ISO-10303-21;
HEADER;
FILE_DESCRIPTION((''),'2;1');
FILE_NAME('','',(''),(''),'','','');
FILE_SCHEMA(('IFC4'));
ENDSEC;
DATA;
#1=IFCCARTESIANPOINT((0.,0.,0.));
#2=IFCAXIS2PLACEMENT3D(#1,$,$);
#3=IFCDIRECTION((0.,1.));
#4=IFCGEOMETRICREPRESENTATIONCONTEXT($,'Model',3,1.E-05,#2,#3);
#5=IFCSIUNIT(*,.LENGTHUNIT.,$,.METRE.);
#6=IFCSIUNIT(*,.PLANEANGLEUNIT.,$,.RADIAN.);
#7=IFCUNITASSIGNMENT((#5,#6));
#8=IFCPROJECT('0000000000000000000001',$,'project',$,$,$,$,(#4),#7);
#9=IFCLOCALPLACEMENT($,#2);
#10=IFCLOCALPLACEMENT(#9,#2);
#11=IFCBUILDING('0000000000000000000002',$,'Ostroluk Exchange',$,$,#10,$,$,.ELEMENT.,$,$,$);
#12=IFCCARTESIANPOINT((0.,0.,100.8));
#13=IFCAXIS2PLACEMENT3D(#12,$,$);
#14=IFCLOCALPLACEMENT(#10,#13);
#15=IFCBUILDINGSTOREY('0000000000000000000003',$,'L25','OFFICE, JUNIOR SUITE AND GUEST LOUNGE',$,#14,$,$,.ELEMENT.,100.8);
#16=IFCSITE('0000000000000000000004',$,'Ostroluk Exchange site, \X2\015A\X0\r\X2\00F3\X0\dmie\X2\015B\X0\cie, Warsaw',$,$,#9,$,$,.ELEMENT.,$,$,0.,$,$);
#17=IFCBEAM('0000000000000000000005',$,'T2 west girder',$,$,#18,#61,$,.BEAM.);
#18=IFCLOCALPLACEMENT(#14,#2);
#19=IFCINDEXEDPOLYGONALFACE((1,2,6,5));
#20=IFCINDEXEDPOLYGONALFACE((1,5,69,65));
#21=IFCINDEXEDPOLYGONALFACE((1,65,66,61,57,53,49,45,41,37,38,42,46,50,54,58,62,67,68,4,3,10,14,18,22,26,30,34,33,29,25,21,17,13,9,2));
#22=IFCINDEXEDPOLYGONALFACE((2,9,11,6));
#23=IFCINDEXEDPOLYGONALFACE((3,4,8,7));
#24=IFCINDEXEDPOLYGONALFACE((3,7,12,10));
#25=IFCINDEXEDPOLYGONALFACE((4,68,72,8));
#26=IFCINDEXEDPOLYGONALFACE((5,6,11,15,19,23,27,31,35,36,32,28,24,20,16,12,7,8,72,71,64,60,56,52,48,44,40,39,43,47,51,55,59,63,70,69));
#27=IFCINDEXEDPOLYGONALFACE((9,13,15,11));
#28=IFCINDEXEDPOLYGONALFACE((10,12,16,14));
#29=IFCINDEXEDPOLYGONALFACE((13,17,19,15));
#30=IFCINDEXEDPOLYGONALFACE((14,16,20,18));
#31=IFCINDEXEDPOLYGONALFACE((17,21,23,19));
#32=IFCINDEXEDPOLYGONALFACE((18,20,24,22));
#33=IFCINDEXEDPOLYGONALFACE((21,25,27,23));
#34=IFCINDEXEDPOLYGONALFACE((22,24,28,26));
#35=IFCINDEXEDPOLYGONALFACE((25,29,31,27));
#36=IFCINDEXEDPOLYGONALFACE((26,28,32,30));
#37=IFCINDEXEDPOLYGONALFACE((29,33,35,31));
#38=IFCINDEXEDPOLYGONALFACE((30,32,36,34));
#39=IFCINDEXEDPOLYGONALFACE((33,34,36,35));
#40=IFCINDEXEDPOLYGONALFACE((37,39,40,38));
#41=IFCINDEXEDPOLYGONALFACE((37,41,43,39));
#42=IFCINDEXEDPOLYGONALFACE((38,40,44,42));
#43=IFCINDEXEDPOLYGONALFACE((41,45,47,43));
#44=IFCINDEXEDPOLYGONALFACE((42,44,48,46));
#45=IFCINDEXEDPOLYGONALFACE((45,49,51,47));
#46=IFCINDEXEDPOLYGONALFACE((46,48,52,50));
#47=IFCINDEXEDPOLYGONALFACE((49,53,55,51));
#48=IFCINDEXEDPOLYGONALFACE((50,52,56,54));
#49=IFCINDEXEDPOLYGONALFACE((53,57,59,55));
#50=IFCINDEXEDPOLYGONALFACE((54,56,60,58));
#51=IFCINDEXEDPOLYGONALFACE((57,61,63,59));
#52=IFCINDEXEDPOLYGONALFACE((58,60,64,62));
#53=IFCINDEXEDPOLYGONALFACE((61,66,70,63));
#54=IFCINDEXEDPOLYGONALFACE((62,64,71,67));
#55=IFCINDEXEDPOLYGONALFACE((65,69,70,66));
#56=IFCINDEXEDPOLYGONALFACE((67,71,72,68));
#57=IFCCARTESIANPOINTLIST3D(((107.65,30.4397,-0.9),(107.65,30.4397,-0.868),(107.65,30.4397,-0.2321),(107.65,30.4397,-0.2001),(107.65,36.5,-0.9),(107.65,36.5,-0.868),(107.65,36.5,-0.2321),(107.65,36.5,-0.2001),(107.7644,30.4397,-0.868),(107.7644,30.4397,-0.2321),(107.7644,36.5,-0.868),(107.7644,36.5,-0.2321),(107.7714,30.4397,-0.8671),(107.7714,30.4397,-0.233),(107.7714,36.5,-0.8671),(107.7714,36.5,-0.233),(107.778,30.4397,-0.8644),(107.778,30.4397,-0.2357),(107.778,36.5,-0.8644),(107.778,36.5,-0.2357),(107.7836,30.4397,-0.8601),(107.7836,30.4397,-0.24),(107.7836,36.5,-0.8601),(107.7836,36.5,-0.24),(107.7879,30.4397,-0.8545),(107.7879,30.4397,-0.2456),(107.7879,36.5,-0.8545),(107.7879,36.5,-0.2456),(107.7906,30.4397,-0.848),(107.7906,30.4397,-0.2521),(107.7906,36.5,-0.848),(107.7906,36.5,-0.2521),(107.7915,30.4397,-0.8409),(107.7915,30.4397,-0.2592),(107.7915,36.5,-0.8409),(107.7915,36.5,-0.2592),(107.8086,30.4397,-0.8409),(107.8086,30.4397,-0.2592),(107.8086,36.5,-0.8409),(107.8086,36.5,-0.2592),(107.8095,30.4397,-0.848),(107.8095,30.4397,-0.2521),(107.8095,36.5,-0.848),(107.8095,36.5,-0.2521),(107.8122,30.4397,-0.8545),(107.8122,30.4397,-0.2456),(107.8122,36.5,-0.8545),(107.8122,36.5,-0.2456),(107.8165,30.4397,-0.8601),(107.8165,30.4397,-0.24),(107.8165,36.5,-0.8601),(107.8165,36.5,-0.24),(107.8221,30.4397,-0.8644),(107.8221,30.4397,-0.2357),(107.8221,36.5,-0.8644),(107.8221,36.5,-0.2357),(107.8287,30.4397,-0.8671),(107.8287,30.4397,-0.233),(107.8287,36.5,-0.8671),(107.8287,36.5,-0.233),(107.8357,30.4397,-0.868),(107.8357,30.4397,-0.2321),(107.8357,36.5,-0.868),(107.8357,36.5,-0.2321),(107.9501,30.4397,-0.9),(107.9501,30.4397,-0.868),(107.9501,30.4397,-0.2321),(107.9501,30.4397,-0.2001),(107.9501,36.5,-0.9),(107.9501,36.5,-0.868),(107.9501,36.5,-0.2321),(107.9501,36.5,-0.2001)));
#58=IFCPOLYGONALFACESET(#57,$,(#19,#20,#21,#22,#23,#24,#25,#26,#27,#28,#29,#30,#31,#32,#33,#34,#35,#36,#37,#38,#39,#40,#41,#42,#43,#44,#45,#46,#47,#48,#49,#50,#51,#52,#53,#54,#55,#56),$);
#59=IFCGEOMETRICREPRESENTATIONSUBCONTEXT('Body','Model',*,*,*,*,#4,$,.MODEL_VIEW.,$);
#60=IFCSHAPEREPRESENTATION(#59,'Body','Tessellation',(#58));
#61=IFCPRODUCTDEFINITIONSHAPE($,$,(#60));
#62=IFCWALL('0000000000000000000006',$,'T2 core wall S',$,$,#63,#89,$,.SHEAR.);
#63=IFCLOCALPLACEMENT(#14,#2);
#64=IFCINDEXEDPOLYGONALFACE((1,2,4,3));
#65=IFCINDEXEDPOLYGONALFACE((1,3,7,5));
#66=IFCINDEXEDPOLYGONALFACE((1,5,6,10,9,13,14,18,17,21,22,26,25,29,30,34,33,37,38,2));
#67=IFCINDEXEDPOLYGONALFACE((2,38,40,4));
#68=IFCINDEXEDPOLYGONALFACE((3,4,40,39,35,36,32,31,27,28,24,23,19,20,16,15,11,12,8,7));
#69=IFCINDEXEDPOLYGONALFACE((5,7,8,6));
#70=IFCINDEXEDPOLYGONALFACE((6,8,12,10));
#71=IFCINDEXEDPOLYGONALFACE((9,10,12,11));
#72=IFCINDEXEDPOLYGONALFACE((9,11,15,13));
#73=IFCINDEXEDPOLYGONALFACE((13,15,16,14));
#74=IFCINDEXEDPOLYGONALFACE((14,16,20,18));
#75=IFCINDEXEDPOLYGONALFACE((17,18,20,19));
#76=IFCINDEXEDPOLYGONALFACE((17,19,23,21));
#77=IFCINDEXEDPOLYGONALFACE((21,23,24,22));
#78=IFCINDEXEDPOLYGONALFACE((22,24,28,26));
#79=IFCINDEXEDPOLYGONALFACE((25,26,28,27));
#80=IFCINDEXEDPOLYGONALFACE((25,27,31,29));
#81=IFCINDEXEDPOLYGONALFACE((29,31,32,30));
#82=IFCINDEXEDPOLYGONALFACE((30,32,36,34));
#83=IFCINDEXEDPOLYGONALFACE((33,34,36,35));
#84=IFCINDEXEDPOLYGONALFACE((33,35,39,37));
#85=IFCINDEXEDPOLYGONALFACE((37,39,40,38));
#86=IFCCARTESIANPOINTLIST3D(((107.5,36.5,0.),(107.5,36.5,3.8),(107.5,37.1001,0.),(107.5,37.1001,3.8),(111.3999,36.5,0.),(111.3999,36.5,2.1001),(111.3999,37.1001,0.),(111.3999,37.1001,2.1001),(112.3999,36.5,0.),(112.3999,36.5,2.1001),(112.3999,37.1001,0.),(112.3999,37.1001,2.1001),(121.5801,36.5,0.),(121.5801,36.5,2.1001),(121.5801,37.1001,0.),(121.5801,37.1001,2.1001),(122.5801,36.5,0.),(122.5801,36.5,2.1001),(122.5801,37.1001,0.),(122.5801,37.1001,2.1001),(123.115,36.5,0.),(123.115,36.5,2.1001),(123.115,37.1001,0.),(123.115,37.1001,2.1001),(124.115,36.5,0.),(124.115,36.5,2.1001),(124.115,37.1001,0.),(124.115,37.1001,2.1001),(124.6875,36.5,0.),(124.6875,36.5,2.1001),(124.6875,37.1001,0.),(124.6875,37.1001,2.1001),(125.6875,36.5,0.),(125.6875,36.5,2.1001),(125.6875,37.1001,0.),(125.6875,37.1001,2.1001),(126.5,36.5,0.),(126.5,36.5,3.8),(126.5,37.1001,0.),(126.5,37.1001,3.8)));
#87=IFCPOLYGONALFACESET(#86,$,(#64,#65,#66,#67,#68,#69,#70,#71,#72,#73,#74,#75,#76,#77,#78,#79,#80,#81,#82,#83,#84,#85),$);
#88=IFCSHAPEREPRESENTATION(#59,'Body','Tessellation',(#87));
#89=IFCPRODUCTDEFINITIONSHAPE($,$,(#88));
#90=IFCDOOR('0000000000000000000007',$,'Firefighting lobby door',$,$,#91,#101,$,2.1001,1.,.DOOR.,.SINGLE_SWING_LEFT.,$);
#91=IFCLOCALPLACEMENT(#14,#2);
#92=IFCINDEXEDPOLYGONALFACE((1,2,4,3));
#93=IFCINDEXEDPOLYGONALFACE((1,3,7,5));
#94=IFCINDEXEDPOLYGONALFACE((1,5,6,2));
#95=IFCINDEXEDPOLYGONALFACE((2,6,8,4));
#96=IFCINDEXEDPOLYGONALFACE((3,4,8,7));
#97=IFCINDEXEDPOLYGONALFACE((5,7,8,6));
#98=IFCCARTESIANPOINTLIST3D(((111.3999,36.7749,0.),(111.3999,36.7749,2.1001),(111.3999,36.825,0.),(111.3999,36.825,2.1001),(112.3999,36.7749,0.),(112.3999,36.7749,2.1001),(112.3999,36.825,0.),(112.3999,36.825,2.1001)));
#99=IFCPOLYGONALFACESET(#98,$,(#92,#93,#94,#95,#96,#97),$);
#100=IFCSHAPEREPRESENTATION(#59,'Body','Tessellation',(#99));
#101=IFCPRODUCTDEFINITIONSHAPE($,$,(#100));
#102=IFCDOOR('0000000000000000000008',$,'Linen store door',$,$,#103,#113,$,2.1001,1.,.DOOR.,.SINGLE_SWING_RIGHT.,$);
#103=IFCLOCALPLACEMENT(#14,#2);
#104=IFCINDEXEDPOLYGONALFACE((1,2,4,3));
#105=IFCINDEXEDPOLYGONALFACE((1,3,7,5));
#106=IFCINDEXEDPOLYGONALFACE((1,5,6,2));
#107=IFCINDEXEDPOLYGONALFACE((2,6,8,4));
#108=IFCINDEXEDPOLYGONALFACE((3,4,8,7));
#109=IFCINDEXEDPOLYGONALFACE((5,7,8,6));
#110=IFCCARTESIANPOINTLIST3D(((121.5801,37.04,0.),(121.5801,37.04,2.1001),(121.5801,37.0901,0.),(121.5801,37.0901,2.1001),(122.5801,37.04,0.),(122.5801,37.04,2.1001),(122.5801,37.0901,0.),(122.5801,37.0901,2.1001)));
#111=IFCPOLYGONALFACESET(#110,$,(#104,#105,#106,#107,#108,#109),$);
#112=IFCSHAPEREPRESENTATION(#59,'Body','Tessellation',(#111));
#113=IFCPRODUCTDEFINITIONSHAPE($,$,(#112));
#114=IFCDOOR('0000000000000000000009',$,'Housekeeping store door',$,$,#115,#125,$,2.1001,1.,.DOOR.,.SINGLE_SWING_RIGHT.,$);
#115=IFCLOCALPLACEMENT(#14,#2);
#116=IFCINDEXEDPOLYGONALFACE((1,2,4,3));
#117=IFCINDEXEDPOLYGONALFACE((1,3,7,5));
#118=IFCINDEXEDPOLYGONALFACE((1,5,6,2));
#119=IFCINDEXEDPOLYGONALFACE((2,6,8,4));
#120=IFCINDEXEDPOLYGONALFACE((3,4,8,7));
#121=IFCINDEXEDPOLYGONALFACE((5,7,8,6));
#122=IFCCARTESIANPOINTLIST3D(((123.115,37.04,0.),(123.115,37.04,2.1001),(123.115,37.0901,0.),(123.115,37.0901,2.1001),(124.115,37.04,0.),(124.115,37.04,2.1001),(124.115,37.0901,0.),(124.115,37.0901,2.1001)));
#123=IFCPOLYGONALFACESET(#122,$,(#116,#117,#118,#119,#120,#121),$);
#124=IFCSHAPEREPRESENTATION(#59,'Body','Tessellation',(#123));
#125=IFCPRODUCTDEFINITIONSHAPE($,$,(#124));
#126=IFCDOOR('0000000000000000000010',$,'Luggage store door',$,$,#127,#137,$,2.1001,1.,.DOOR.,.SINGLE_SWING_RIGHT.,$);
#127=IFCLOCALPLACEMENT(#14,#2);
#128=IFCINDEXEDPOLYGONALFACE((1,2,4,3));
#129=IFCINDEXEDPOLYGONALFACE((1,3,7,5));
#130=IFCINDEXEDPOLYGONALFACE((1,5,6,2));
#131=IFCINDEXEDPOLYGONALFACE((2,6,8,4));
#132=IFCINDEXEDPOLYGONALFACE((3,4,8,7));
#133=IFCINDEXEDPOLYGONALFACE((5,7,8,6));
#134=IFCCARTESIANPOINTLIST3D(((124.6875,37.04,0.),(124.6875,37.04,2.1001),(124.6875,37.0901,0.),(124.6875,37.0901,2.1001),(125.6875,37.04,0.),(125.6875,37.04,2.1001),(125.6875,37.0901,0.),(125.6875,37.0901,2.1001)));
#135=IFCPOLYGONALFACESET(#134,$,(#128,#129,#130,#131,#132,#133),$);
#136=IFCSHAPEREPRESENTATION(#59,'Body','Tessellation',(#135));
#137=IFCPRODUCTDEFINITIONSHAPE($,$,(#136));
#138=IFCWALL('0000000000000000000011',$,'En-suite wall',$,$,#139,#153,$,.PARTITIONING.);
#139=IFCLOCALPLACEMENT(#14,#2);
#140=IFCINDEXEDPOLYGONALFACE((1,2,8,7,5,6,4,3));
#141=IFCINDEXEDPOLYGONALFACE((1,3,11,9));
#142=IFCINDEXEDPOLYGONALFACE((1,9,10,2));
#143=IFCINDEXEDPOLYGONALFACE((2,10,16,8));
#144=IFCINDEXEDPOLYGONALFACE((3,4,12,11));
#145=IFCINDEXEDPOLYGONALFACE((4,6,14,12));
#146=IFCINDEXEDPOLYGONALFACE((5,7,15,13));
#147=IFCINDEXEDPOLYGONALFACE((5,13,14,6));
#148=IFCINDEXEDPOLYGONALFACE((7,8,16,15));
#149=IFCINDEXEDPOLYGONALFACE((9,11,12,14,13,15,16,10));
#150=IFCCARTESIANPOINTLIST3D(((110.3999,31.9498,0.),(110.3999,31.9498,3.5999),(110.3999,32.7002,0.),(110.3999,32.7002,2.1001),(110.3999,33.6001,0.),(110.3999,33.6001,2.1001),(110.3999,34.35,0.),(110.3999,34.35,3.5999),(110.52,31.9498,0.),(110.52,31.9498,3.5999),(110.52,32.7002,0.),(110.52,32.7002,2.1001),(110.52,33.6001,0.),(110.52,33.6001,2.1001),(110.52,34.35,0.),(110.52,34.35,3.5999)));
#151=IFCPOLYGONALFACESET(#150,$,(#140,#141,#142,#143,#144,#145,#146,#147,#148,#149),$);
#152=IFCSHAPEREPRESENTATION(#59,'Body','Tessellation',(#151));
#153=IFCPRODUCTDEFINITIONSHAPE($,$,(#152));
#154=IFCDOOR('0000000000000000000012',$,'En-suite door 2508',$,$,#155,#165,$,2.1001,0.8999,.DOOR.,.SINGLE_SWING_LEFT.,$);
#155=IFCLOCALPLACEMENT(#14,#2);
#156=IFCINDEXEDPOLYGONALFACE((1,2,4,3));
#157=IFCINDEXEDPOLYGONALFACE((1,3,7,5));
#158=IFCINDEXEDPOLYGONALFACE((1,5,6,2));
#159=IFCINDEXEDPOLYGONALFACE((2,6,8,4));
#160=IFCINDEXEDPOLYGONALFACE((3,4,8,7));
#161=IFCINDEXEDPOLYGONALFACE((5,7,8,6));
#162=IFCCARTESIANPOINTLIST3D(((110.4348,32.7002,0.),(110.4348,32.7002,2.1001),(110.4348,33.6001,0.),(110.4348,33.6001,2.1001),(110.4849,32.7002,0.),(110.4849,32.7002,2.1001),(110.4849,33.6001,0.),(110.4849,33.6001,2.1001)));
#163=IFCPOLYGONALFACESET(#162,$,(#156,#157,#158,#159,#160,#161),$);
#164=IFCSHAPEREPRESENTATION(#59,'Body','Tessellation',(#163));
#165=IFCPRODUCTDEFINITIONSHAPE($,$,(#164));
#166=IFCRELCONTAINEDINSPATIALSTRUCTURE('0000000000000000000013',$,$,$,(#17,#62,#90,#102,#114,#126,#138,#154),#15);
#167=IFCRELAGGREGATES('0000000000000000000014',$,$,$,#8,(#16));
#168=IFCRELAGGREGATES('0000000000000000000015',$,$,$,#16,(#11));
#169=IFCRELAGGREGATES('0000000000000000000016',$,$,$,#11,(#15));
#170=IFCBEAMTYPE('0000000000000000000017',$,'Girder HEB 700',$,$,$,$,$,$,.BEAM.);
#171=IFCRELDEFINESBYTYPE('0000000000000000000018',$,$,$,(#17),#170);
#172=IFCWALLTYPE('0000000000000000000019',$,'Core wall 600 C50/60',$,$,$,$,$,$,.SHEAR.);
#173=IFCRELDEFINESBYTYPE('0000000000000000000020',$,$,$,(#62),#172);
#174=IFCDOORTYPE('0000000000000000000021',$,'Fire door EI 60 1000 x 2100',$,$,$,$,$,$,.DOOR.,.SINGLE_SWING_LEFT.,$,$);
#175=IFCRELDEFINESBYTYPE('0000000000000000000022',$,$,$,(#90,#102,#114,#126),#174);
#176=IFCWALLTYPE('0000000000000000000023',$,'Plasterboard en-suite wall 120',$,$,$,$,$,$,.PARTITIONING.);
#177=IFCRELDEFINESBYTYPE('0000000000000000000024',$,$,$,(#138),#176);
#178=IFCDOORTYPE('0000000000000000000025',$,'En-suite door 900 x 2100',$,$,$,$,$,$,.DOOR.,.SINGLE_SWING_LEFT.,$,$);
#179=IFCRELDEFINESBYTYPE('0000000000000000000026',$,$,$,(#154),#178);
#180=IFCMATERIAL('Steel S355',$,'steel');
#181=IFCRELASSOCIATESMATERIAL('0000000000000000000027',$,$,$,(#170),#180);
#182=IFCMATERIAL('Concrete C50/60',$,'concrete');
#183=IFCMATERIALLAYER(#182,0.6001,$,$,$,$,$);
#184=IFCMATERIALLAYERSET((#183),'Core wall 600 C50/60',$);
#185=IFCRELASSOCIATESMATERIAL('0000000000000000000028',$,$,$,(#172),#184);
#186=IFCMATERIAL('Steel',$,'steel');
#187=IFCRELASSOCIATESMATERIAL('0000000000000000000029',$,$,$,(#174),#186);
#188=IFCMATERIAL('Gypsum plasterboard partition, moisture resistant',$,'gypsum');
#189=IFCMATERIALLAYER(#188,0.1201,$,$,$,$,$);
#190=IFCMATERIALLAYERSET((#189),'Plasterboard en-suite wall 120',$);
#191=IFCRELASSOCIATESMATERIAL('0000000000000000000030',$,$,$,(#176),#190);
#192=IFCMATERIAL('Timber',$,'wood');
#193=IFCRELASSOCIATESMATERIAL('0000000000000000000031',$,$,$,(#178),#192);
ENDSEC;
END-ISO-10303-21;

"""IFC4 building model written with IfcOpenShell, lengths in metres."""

from ifc_helpers import new_model, si_unit, direction, frame, frame_2d, origin, origin_2d, place, context, subcontext, project, spatial, rectangle, i_section, extrude, material, layer, layer_set, material_profile, profile_set, type_object, element, fill, save


model = new_model("IFC4")

# Units and contexts
model_context = context("Model", 3, precision=1e-05, world=origin(), true_north=direction((0.0, 1.0)))
body_context = subcontext(model_context, "Body", "Model", "MODEL_VIEW")
ifc_project = project(units=[si_unit("LENGTHUNIT", "METRE"), si_unit("PLANEANGLEUNIT", "RADIAN")], contexts=[model_context])

# Site, building, storey
site_placement = place(None, origin())
site = spatial("IfcSite", under=ifc_project, at=site_placement, Name="Ostroluk Exchange site, Śródmieście, Warsaw", CompositionType="ELEMENT", RefElevation=0.0)
building_placement = place(site_placement, origin())
building = spatial("IfcBuilding", under=site, at=building_placement, Name="Ostroluk Exchange", CompositionType="ELEMENT")
storey_placement = place(building_placement, frame((0.0, 0.0, 100.8)))
storey = spatial("IfcBuildingStorey", under=building, at=storey_placement, Name="L25", Description="OFFICE, JUNIOR SUITE AND GUEST LOUNGE", CompositionType="ELEMENT", Elevation=100.8)

# Beam
ifc_material_1 = material(Name="Steel S355", Category="steel")
ifc_material_profile_1 = material_profile(ifc_material_1, i_section(OverallWidth=0.3, OverallDepth=0.7, WebThickness=0.0171, FlangeThickness=0.032, FilletRadius=0.0271, at=origin_2d()), Name="HEB 700")
ifc_profile_set_1 = profile_set([ifc_material_profile_1], Name="Steel S355")
beam_type_1 = type_object("IfcBeamType", Name="Girder HEB 700", PredefinedType="BEAM", material=ifc_profile_set_1)
beam_1_placement = place(storey_placement, frame((107.8, 36.5, -0.55), z_axis=(0.0, -1.0, 0.0), x_axis=(1.0, 0.0, 0.0)))
element("IfcBeam", 1, at=beam_1_placement, inside=storey, type_object=beam_type_1, Name="T2 west girder", PredefinedType="BEAM", context=body_context, shape_type="SweptSolid", body=[
    extrude(i_section(OverallWidth=0.3, OverallDepth=0.7, WebThickness=0.0171, FlangeThickness=0.032, FilletRadius=0.0271, at=origin_2d()), origin(), (0.0, 0.0, 1.0), 6.0603),
])

# Wall, openings, doors
ifc_material_2 = material(Name="Concrete C50/60", Category="concrete")
ifc_layer_1 = layer(ifc_material_2, 0.6001)
ifc_layer_set_1 = layer_set([ifc_layer_1], Name="Core wall 600 C50/60")
wall_type_1 = type_object("IfcWallType", Name="Core wall 600 C50/60", PredefinedType="SHEAR", material=ifc_layer_set_1)
wall_1_placement = place(storey_placement, frame((107.5, 36.8, 0.0), z_axis=(0.0, 0.0, 1.0), x_axis=(1.0, 0.0, 0.0)))
wall_1 = element("IfcWall", 2, at=wall_1_placement, inside=storey, type_object=wall_type_1, Name="T2 core wall S", PredefinedType="SHEAR", context=body_context, shape_type="SweptSolid", body=[
    extrude(rectangle(XDim=19.0, YDim=0.6001, at=frame_2d((9.5, 0.0))), origin(), (0.0, 0.0, 1.0), 3.8),
])
opening_1_placement = place(wall_1_placement, frame((3.8999, 0.0, 0.0)))
opening_1 = element("IfcOpeningElement", 3, at=opening_1_placement, cuts=wall_1, PredefinedType="OPENING", context=body_context, shape_type="SweptSolid", body=[
    extrude(rectangle(XDim=1.0, YDim=2.1001, at=frame_2d((0.5, 1.05))), frame((0.0, 0.3101, 0.0), z_axis=(0.0, -1.0, 0.0), x_axis=(1.0, 0.0, 0.0)), (0.0, 0.0, 1.0), 0.6201),
])
opening_2_placement = place(wall_1_placement, frame((14.0801, 0.0, 0.0)))
opening_2 = element("IfcOpeningElement", 4, at=opening_2_placement, cuts=wall_1, PredefinedType="OPENING", context=body_context, shape_type="SweptSolid", body=[
    extrude(rectangle(XDim=1.0, YDim=2.1001, at=frame_2d((0.5, 1.05))), frame((0.0, 0.3101, 0.0), z_axis=(0.0, -1.0, 0.0), x_axis=(1.0, 0.0, 0.0)), (0.0, 0.0, 1.0), 0.6201),
])
opening_3_placement = place(wall_1_placement, frame((15.615, 0.0, 0.0)))
opening_3 = element("IfcOpeningElement", 5, at=opening_3_placement, cuts=wall_1, PredefinedType="OPENING", context=body_context, shape_type="SweptSolid", body=[
    extrude(rectangle(XDim=1.0, YDim=2.1001, at=frame_2d((0.5, 1.05))), frame((0.0, 0.3101, 0.0), z_axis=(0.0, -1.0, 0.0), x_axis=(1.0, 0.0, 0.0)), (0.0, 0.0, 1.0), 0.6201),
])
opening_4_placement = place(wall_1_placement, frame((17.1875, 0.0, 0.0)))
opening_4 = element("IfcOpeningElement", 6, at=opening_4_placement, cuts=wall_1, PredefinedType="OPENING", context=body_context, shape_type="SweptSolid", body=[
    extrude(rectangle(XDim=1.0, YDim=2.1001, at=frame_2d((0.5, 1.05))), frame((0.0, 0.3101, 0.0), z_axis=(0.0, -1.0, 0.0), x_axis=(1.0, 0.0, 0.0)), (0.0, 0.0, 1.0), 0.6201),
])
ifc_material_3 = material(Name="Steel", Category="steel")
door_type_1 = type_object("IfcDoorType", Name="Fire door EI 60 1000 x 2100", OperationType="SINGLE_SWING_LEFT", PredefinedType="DOOR", material=ifc_material_3)
door_1_placement = place(opening_1_placement, origin())
door_1 = element("IfcDoor", 7, at=door_1_placement, inside=storey, type_object=door_type_1, Name="Firefighting lobby door", OperationType="SINGLE_SWING_LEFT", OverallHeight=2.1001, OverallWidth=1.0, PredefinedType="DOOR", context=body_context, shape_type="SweptSolid", body=[
    extrude(rectangle(XDim=1.0, YDim=2.1001, at=frame_2d((0.5, 1.05))), frame((0.0, 0.0249, 0.0), z_axis=(0.0, -1.0, 0.0), x_axis=(1.0, 0.0, 0.0)), (0.0, 0.0, 1.0), 0.05),
])
fill(opening_1, door_1)
door_2_placement = place(opening_2_placement, origin())
door_2 = element("IfcDoor", 8, at=door_2_placement, inside=storey, type_object=door_type_1, Name="Linen store door", OperationType="SINGLE_SWING_RIGHT", OverallHeight=2.1001, OverallWidth=1.0, PredefinedType="DOOR", context=body_context, shape_type="SweptSolid", body=[
    extrude(rectangle(XDim=1.0, YDim=2.1001, at=frame_2d((0.5, 1.05))), frame((0.0, 0.29, 0.0), z_axis=(0.0, -1.0, 0.0), x_axis=(1.0, 0.0, 0.0)), (0.0, 0.0, 1.0), 0.05),
])
fill(opening_2, door_2)
door_3_placement = place(opening_3_placement, origin())
door_3 = element("IfcDoor", 9, at=door_3_placement, inside=storey, type_object=door_type_1, Name="Housekeeping store door", OperationType="SINGLE_SWING_RIGHT", OverallHeight=2.1001, OverallWidth=1.0, PredefinedType="DOOR", context=body_context, shape_type="SweptSolid", body=[
    extrude(rectangle(XDim=1.0, YDim=2.1001, at=frame_2d((0.5, 1.05))), frame((0.0, 0.29, 0.0), z_axis=(0.0, -1.0, 0.0), x_axis=(1.0, 0.0, 0.0)), (0.0, 0.0, 1.0), 0.05),
])
fill(opening_3, door_3)
door_4_placement = place(opening_4_placement, origin())
door_4 = element("IfcDoor", 10, at=door_4_placement, inside=storey, type_object=door_type_1, Name="Luggage store door", OperationType="SINGLE_SWING_RIGHT", OverallHeight=2.1001, OverallWidth=1.0, PredefinedType="DOOR", context=body_context, shape_type="SweptSolid", body=[
    extrude(rectangle(XDim=1.0, YDim=2.1001, at=frame_2d((0.5, 1.05))), frame((0.0, 0.29, 0.0), z_axis=(0.0, -1.0, 0.0), x_axis=(1.0, 0.0, 0.0)), (0.0, 0.0, 1.0), 0.05),
])
fill(opening_4, door_4)

# Wall, opening, door
ifc_material_4 = material(Name="Gypsum plasterboard partition, moisture resistant", Category="gypsum")
ifc_layer_2 = layer(ifc_material_4, 0.1201)
ifc_layer_set_2 = layer_set([ifc_layer_2], Name="Plasterboard en-suite wall 120")
wall_type_2 = type_object("IfcWallType", Name="Plasterboard en-suite wall 120", PredefinedType="PARTITIONING", material=ifc_layer_set_2)
wall_2_placement = place(storey_placement, frame((110.46, 34.3501, 0.0), z_axis=(0.0, 0.0, 1.0), x_axis=(0.0, -1.0, 0.0)))
wall_2 = element("IfcWall", 11, at=wall_2_placement, inside=storey, type_object=wall_type_2, Name="En-suite wall", PredefinedType="PARTITIONING", context=body_context, shape_type="SweptSolid", body=[
    extrude(rectangle(XDim=2.4001, YDim=0.1201, at=frame_2d((1.2002, 0.0))), origin(), (0.0, 0.0, 1.0), 3.5999),
])
opening_5_placement = place(wall_2_placement, frame((0.75, 0.0, 0.0)))
opening_5 = element("IfcOpeningElement", 12, at=opening_5_placement, cuts=wall_2, PredefinedType="OPENING", context=body_context, shape_type="SweptSolid", body=[
    extrude(rectangle(XDim=0.8999, YDim=2.1001, at=frame_2d((0.45, 1.05))), frame((0.0, 0.0701, 0.0), z_axis=(0.0, -1.0, 0.0), x_axis=(1.0, 0.0, 0.0)), (0.0, 0.0, 1.0), 0.1401),
])
ifc_material_5 = material(Name="Timber", Category="wood")
door_type_2 = type_object("IfcDoorType", Name="En-suite door 900 x 2100", OperationType="SINGLE_SWING_LEFT", PredefinedType="DOOR", material=ifc_material_5)
door_5_placement = place(opening_5_placement, origin())
door_5 = element("IfcDoor", 13, at=door_5_placement, inside=storey, type_object=door_type_2, Name="En-suite door 2508", OperationType="SINGLE_SWING_LEFT", OverallHeight=2.1001, OverallWidth=0.8999, PredefinedType="DOOR", context=body_context, shape_type="SweptSolid", body=[
    extrude(rectangle(XDim=0.8999, YDim=2.1001, at=frame_2d((0.45, 1.05))), frame((0.0, 0.0249, 0.0), z_axis=(0.0, -1.0, 0.0), x_axis=(1.0, 0.0, 0.0)), (0.0, 0.0, 1.0), 0.05),
])
fill(opening_5, door_5)

save(model, "model.ifc")
